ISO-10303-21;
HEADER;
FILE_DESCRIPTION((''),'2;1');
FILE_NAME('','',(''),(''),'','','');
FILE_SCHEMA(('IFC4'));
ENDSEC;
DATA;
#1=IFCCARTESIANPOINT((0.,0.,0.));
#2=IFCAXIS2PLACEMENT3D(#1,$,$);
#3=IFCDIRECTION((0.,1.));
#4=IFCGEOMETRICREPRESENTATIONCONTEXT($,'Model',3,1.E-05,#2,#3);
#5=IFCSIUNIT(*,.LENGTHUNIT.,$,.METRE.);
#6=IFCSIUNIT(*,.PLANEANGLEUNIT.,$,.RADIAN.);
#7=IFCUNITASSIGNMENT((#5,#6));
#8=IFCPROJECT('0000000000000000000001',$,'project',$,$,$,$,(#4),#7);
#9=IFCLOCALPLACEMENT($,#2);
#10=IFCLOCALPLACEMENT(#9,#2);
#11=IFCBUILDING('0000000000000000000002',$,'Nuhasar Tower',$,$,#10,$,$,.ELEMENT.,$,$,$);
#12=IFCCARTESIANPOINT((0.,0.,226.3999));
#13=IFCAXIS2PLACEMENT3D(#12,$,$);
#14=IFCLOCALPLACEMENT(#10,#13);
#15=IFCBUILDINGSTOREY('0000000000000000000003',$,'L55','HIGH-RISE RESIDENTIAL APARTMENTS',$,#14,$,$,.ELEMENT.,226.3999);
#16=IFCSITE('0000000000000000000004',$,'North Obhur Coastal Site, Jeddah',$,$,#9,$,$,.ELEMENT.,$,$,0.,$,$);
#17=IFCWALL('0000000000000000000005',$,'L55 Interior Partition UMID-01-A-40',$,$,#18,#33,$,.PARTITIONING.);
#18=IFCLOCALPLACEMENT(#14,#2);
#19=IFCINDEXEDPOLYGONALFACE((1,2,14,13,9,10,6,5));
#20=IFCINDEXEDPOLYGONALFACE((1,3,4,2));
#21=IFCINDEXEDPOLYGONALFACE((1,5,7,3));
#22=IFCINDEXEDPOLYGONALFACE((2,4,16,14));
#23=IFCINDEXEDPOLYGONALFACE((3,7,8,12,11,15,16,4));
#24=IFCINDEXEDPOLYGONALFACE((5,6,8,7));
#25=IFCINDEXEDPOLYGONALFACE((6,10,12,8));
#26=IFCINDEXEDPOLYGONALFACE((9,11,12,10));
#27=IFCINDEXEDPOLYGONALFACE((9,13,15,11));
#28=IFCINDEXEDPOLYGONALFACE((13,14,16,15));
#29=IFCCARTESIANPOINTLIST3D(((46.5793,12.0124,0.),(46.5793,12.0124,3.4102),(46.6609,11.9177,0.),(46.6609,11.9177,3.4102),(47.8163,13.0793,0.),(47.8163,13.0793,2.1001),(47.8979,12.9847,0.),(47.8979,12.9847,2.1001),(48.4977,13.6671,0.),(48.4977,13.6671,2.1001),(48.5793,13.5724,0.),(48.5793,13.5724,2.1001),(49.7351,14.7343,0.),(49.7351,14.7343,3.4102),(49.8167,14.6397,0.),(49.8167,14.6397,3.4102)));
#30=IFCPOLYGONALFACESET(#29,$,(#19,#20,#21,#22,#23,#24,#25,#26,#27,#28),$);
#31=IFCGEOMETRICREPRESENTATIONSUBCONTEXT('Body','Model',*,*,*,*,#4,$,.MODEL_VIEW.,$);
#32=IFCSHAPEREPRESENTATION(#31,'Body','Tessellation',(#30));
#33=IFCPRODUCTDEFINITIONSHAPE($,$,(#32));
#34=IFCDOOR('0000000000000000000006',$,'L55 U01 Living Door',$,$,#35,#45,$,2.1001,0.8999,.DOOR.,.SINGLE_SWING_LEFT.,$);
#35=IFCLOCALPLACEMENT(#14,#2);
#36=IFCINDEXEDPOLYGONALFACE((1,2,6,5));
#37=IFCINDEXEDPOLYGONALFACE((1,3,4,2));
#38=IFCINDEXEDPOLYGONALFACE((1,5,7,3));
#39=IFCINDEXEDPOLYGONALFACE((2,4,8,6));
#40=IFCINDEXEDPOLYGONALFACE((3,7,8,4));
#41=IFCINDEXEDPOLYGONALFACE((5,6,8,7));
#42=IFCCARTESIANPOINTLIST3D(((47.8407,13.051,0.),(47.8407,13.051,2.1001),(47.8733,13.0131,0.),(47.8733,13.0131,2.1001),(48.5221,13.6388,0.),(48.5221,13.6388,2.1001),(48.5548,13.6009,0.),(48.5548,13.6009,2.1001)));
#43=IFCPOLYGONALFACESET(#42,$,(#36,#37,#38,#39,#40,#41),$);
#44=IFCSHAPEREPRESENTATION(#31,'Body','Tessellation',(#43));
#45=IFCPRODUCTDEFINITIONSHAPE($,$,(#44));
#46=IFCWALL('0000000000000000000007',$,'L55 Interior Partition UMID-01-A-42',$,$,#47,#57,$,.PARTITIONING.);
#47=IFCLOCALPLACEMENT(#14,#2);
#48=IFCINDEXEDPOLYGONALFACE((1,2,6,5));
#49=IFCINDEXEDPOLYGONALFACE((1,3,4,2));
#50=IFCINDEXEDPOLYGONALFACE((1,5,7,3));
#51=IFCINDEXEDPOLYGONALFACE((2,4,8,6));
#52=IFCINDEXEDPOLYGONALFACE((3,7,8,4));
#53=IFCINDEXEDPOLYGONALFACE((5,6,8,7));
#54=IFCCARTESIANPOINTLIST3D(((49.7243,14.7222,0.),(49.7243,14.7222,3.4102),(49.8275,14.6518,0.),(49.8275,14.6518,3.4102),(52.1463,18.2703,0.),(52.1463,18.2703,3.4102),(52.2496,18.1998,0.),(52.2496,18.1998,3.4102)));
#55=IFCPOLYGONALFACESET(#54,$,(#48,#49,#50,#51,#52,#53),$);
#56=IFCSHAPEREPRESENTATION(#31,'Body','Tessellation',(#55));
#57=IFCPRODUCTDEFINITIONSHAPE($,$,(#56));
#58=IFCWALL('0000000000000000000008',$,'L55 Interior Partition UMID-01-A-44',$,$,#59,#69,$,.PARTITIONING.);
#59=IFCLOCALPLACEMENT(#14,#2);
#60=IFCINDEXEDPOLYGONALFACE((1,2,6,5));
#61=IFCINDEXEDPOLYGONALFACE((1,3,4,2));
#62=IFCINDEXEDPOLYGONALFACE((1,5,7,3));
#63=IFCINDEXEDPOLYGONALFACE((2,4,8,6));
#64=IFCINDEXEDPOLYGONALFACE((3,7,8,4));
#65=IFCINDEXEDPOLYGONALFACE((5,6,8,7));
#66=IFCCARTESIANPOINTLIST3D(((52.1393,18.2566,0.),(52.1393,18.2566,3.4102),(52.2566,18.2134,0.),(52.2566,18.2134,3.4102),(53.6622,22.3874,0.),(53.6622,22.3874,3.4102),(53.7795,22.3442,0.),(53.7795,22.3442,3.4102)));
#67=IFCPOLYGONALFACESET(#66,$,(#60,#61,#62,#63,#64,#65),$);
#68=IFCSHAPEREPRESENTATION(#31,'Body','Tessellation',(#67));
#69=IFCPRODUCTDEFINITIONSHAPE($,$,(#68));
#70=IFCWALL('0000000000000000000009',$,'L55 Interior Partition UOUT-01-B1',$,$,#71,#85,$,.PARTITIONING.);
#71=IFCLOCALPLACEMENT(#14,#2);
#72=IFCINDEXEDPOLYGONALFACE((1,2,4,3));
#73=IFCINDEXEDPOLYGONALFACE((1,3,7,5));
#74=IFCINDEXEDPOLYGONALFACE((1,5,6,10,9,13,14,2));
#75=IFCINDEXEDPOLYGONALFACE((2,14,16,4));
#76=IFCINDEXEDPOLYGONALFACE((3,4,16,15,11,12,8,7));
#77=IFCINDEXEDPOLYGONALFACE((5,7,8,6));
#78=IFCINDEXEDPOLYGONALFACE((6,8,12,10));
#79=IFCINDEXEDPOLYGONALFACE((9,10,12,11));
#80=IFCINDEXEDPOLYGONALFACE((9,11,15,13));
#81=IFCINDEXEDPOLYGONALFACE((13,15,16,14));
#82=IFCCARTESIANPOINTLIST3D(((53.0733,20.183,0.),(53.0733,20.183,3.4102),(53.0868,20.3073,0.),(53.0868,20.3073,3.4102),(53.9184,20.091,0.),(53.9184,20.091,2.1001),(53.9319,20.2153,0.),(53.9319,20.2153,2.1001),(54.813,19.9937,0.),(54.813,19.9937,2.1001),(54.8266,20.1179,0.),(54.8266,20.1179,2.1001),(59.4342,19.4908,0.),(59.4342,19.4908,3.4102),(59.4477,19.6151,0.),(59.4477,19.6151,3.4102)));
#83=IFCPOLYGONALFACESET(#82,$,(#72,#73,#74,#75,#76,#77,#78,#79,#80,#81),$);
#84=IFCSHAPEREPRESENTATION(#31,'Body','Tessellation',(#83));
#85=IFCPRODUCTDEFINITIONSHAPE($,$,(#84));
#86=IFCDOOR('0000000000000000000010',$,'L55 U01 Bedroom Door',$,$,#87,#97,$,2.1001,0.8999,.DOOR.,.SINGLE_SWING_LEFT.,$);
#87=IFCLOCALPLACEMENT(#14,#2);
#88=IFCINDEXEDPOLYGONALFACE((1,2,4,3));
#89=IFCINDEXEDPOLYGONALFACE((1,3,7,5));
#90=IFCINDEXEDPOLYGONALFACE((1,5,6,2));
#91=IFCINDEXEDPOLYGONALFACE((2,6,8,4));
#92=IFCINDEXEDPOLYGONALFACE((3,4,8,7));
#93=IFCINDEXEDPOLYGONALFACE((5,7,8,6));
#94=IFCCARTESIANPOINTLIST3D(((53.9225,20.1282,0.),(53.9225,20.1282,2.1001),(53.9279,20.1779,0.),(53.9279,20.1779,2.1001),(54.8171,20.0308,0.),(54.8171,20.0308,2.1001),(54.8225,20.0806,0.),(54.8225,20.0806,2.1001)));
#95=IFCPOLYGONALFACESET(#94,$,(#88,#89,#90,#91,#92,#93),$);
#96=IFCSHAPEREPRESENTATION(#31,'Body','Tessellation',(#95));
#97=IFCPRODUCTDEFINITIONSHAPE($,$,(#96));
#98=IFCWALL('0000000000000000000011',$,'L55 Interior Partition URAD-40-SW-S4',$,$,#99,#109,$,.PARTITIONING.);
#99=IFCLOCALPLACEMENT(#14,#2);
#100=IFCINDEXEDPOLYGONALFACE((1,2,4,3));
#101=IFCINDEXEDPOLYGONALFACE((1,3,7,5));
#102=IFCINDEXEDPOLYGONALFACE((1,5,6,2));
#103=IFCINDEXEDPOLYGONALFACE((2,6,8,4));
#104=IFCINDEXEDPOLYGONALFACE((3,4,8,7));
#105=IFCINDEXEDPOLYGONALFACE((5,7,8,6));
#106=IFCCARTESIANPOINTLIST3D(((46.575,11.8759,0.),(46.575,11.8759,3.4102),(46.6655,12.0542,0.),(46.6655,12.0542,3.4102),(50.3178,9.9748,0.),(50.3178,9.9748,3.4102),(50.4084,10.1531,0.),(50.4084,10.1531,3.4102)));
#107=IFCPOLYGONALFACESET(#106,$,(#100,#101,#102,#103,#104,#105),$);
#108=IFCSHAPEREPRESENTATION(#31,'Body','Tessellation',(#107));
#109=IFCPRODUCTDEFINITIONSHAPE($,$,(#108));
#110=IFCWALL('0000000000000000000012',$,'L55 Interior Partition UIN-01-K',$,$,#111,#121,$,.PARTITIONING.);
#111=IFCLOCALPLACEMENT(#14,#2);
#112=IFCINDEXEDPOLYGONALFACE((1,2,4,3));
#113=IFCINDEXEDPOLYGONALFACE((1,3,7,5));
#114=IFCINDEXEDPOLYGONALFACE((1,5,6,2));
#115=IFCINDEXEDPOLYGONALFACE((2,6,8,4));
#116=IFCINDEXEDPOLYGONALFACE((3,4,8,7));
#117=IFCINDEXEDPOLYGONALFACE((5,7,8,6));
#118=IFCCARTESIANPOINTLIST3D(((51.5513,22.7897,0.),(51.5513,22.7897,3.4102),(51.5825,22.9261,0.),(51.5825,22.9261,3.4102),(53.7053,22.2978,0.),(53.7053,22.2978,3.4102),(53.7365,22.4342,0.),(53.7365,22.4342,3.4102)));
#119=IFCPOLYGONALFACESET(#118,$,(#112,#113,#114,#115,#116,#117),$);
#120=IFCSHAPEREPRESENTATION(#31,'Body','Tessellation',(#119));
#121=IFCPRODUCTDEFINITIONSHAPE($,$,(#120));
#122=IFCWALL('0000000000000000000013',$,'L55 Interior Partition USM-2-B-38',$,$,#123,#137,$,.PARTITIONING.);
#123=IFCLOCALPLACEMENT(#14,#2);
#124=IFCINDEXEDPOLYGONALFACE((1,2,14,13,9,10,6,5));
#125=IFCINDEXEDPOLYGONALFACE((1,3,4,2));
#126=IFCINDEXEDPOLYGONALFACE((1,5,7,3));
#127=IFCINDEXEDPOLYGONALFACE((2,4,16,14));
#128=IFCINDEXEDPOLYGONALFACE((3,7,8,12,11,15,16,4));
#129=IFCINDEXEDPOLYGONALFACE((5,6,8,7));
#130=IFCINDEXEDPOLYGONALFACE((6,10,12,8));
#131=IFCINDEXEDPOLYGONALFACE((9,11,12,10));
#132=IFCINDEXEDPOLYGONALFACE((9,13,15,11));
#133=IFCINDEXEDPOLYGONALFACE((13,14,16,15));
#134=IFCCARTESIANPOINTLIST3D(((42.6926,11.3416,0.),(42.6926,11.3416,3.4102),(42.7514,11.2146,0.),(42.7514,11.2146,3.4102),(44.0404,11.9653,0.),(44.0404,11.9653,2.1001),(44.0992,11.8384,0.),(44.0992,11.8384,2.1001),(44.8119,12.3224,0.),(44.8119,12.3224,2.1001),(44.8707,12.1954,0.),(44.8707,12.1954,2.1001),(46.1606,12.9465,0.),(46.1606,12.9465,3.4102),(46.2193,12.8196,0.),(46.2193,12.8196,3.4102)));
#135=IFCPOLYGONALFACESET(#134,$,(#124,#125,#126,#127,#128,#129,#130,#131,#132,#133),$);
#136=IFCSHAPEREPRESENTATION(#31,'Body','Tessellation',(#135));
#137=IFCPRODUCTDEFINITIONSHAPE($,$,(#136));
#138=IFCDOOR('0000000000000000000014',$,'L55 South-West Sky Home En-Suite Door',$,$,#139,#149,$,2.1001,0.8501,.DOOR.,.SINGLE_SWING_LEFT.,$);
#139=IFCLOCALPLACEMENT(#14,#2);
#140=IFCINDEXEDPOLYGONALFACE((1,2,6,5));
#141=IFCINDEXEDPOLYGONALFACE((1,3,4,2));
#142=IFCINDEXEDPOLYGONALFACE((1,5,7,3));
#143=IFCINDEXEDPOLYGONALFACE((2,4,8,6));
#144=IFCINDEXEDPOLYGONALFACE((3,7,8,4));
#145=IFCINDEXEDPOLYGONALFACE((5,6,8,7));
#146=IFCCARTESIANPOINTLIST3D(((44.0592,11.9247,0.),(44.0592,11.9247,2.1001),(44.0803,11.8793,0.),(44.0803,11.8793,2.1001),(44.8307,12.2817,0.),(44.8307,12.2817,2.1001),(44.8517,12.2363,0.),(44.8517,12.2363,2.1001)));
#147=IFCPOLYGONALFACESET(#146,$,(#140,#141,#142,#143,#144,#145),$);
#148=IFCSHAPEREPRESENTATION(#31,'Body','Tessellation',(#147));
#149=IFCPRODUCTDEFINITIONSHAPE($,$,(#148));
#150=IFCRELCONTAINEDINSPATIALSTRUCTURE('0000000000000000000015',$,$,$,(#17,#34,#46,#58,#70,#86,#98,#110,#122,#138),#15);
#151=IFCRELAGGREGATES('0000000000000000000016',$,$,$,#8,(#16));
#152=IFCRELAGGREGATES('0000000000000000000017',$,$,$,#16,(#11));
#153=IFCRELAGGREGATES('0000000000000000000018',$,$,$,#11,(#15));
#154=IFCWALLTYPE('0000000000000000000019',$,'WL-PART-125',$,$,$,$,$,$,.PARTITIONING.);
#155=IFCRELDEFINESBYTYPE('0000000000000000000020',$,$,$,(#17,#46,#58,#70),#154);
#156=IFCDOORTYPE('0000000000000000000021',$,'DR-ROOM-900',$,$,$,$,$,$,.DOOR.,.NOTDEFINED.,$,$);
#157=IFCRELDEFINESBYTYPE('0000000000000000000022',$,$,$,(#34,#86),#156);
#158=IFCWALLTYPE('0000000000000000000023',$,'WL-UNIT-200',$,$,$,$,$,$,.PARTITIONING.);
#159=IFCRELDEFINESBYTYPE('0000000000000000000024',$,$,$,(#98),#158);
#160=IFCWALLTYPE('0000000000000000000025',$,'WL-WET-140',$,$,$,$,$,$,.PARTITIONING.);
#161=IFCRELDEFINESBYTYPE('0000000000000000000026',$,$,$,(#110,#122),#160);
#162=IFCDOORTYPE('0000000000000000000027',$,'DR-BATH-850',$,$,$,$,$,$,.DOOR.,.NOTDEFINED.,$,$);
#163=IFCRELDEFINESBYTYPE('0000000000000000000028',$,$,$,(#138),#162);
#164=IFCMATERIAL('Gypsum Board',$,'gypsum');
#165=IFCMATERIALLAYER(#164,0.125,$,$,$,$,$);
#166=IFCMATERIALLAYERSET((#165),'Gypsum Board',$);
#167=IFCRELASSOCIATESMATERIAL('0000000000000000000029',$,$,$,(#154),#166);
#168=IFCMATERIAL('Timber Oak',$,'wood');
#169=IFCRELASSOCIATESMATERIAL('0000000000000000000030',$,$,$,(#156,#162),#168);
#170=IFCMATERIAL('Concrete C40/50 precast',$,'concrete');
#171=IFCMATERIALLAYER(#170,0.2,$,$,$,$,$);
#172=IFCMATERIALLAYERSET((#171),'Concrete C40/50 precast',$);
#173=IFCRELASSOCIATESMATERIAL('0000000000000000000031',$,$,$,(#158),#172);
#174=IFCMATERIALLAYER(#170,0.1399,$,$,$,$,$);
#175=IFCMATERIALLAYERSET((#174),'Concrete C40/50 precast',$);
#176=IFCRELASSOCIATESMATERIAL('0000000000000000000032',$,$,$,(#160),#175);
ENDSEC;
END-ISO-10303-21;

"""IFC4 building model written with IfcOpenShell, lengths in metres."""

from ifc_helpers import new_model, si_unit, direction, frame, frame_2d, origin, place, context, subcontext, project, spatial, rectangle, extrude, material, layer, layer_set, type_object, element, fill, save


model = new_model("IFC4")

# Units and contexts
model_context = context("Model", 3, precision=1e-05, world=origin(), true_north=direction((0.0, 1.0)))
body_context = subcontext(model_context, "Body", "Model", "MODEL_VIEW")
ifc_project = project(units=[si_unit("LENGTHUNIT", "METRE"), si_unit("PLANEANGLEUNIT", "RADIAN")], contexts=[model_context])

# Site, building, storey
site_placement = place(None, origin())
site = spatial("IfcSite", under=ifc_project, at=site_placement, Name="North Obhur Coastal Site, Jeddah", CompositionType="ELEMENT", RefElevation=0.0)
building_placement = place(site_placement, origin())
building = spatial("IfcBuilding", under=site, at=building_placement, Name="Nuhasar Tower", CompositionType="ELEMENT")
storey_placement = place(building_placement, frame((0.0, 0.0, 226.3999)))
storey = spatial("IfcBuildingStorey", under=building, at=storey_placement, Name="L55", Description="HIGH-RISE RESIDENTIAL APARTMENTS", CompositionType="ELEMENT", Elevation=226.3999)

# Shared definitions
ifc_material_1 = material(Name="Gypsum Board", Category="gypsum")

# Shared definitions
ifc_material_2 = material(Name="Timber Oak", Category="wood")

# Wall, opening, door
ifc_layer_1 = layer(ifc_material_1, 0.125)
ifc_layer_set_1 = layer_set([ifc_layer_1], Name="Gypsum Board")
wall_type_1 = type_object("IfcWallType", Name="WL-PART-125", PredefinedType="PARTITIONING", material=ifc_layer_set_1)
wall_1_placement = place(storey_placement, frame((49.7759, 14.687, 0.0), z_axis=(0.0, 0.0, 1.0), x_axis=(-0.757239, -0.653138, 0.0)))
wall_1 = element("IfcWall", 1, at=wall_1_placement, inside=storey, type_object=wall_type_1, Name="L55 Interior Partition UMID-01-A-40", PredefinedType="PARTITIONING", context=body_context, shape_type="SweptSolid", body=[
    extrude(rectangle(XDim=4.1675, YDim=0.125, at=frame_2d((2.0837, 0.0))), origin(), (0.0, 0.0, 1.0), 3.4102),
])
opening_1_placement = place(wall_1_placement, frame((1.634, 0.0, 0.0)))
opening_1 = element("IfcOpeningElement", 2, at=opening_1_placement, cuts=wall_1, PredefinedType="OPENING", context=body_context, shape_type="SweptSolid", body=[
    extrude(rectangle(XDim=0.8999, YDim=2.1001, at=frame_2d((0.45, 1.05))), frame((0.0, 0.0725, 0.0), z_axis=(0.0, -1.0, 0.0), x_axis=(1.0, 0.0, 0.0)), (0.0, 0.0, 1.0), 0.145),
])
door_type_1 = type_object("IfcDoorType", Name="DR-ROOM-900", OperationType="NOTDEFINED", PredefinedType="DOOR", material=ifc_material_2)
door_1_placement = place(opening_1_placement, origin())
door_1 = element("IfcDoor", 3, at=door_1_placement, inside=storey, type_object=door_type_1, Name="L55 U01 Living Door", OperationType="SINGLE_SWING_LEFT", OverallHeight=2.1001, OverallWidth=0.8999, PredefinedType="DOOR", context=body_context, shape_type="SweptSolid", body=[
    extrude(rectangle(XDim=0.8999, YDim=2.1001, at=frame_2d((0.45, 1.05))), frame((0.0, 0.0249, 0.0), z_axis=(0.0, -1.0, 0.0), x_axis=(1.0, 0.0, 0.0)), (0.0, 0.0, 1.0), 0.05),
])
fill(opening_1, door_1)

# Walls
wall_2_placement = place(storey_placement, frame((49.7759, 14.687, 0.0), z_axis=(0.0, 0.0, 1.0), x_axis=(0.563808, 0.825906, 0.0)))
element("IfcWall", 4, at=wall_2_placement, inside=storey, type_object=wall_type_1, Name="L55 Interior Partition UMID-01-A-42", PredefinedType="PARTITIONING", context=body_context, shape_type="SweptSolid", body=[
    extrude(rectangle(XDim=4.2959, YDim=0.125, at=frame_2d((2.1479, 0.0))), origin(), (0.0, 0.0, 1.0), 3.4102),
])
wall_3_placement = place(storey_placement, frame((52.198, 18.2351, 0.0), z_axis=(0.0, 0.0, 1.0), x_axis=(0.345916, 0.938265, 0.0)))
element("IfcWall", 5, at=wall_3_placement, inside=storey, type_object=wall_type_1, Name="L55 Interior Partition UMID-01-A-44", PredefinedType="PARTITIONING", context=body_context, shape_type="SweptSolid", body=[
    extrude(rectangle(XDim=4.4026, YDim=0.125, at=frame_2d((2.2012, 0.0))), origin(), (0.0, 0.0, 1.0), 3.4102),
])

# Wall, opening, door
wall_4_placement = place(storey_placement, frame((53.0801, 20.2451, 0.0), z_axis=(0.0, 0.0, 1.0), x_axis=(0.994132, -0.108174, 0.0)))
wall_4 = element("IfcWall", 6, at=wall_4_placement, inside=storey, type_object=wall_type_1, Name="L55 Interior Partition UOUT-01-B1", PredefinedType="PARTITIONING", context=body_context, shape_type="SweptSolid", body=[
    extrude(rectangle(XDim=6.3984, YDim=0.125, at=frame_2d((3.1992, 0.0))), origin(), (0.0, 0.0, 1.0), 3.4102),
])
opening_2_placement = place(wall_4_placement, frame((0.8501, 0.0, 0.0)))
opening_2 = element("IfcOpeningElement", 7, at=opening_2_placement, cuts=wall_4, PredefinedType="OPENING", context=body_context, shape_type="SweptSolid", body=[
    extrude(rectangle(XDim=0.8999, YDim=2.1001, at=frame_2d((0.45, 1.05))), frame((0.0, 0.0725, 0.0), z_axis=(0.0, -1.0, 0.0), x_axis=(1.0, 0.0, 0.0)), (0.0, 0.0, 1.0), 0.145),
])
door_2_placement = place(opening_2_placement, origin())
door_2 = element("IfcDoor", 8, at=door_2_placement, inside=storey, type_object=door_type_1, Name="L55 U01 Bedroom Door", OperationType="SINGLE_SWING_LEFT", OverallHeight=2.1001, OverallWidth=0.8999, PredefinedType="DOOR", context=body_context, shape_type="SweptSolid", body=[
    extrude(rectangle(XDim=0.8999, YDim=2.1001, at=frame_2d((0.45, 1.05))), frame((0.0, 0.0249, 0.0), z_axis=(0.0, -1.0, 0.0), x_axis=(1.0, 0.0, 0.0)), (0.0, 0.0, 1.0), 0.05),
])
fill(opening_2, door_2)

# Walls
ifc_material_3 = material(Name="Concrete C40/50 precast", Category="concrete")
ifc_layer_2 = layer(ifc_material_3, 0.2)
ifc_layer_set_2 = layer_set([ifc_layer_2], Name="Concrete C40/50 precast")
wall_type_2 = type_object("IfcWallType", Name="WL-UNIT-200", PredefinedType="PARTITIONING", material=ifc_layer_set_2)
wall_5_placement = place(storey_placement, frame((46.6201, 11.9651, 0.0), z_axis=(0.0, 0.0, 1.0), x_axis=(0.891583, -0.452857, 0.0)))
element("IfcWall", 9, at=wall_5_placement, inside=storey, type_object=wall_type_2, Name="L55 Interior Partition URAD-40-SW-S4", PredefinedType="PARTITIONING", context=body_context, shape_type="SweptSolid", body=[
    extrude(rectangle(XDim=4.198, YDim=0.2, at=frame_2d((2.0991, 0.0))), origin(), (0.0, 0.0, 1.0), 3.4102),
])
ifc_layer_3 = layer(ifc_material_3, 0.1399)
ifc_layer_set_3 = layer_set([ifc_layer_3], Name="Concrete C40/50 precast")
wall_type_3 = type_object("IfcWallType", Name="WL-WET-140", PredefinedType="PARTITIONING", material=ifc_layer_set_3)
wall_6_placement = place(storey_placement, frame((51.5669, 22.8579, 0.0), z_axis=(0.0, 0.0, 1.0), x_axis=(0.974899, -0.222648, 0.0)))
element("IfcWall", 10, at=wall_6_placement, inside=storey, type_object=wall_type_3, Name="L55 Interior Partition UIN-01-K", PredefinedType="PARTITIONING", context=body_context, shape_type="SweptSolid", body=[
    extrude(rectangle(XDim=2.2095, YDim=0.1399, at=frame_2d((1.1047, 0.0))), origin(), (0.0, 0.0, 1.0), 3.4102),
])

# Wall, opening, door
wall_7_placement = place(storey_placement, frame((46.1899, 12.8831, 0.0), z_axis=(0.0, 0.0, 1.0), x_axis=(-0.907525, -0.419998, 0.0)))
wall_7 = element("IfcWall", 11, at=wall_7_placement, inside=storey, type_object=wall_type_3, Name="L55 Interior Partition USM-2-B-38", PredefinedType="PARTITIONING", context=body_context, shape_type="SweptSolid", body=[
    extrude(rectangle(XDim=3.8213, YDim=0.1399, at=frame_2d((1.9106, 0.0))), origin(), (0.0, 0.0, 1.0), 3.4102),
])
opening_3_placement = place(wall_7_placement, frame((1.4861, 0.0, 0.0)))
opening_3 = element("IfcOpeningElement", 12, at=opening_3_placement, cuts=wall_7, PredefinedType="OPENING", context=body_context, shape_type="SweptSolid", body=[
    extrude(rectangle(XDim=0.8501, YDim=2.1001, at=frame_2d((0.425, 1.05))), frame((0.0, 0.0801, 0.0), z_axis=(0.0, -1.0, 0.0), x_axis=(1.0, 0.0, 0.0)), (0.0, 0.0, 1.0), 0.1599),
])
door_type_2 = type_object("IfcDoorType", Name="DR-BATH-850", OperationType="NOTDEFINED", PredefinedType="DOOR", material=ifc_material_2)
door_3_placement = place(opening_3_placement, origin())
door_3 = element("IfcDoor", 13, at=door_3_placement, inside=storey, type_object=door_type_2, Name="L55 South-West Sky Home En-Suite Door", OperationType="SINGLE_SWING_LEFT", OverallHeight=2.1001, OverallWidth=0.8501, PredefinedType="DOOR", context=body_context, shape_type="SweptSolid", body=[
    extrude(rectangle(XDim=0.8501, YDim=2.1001, at=frame_2d((0.425, 1.05))), frame((0.0, 0.0249, 0.0), z_axis=(0.0, -1.0, 0.0), x_axis=(1.0, 0.0, 0.0)), (0.0, 0.0, 1.0), 0.05),
])
fill(opening_3, door_3)

save(model, "model.ifc")
